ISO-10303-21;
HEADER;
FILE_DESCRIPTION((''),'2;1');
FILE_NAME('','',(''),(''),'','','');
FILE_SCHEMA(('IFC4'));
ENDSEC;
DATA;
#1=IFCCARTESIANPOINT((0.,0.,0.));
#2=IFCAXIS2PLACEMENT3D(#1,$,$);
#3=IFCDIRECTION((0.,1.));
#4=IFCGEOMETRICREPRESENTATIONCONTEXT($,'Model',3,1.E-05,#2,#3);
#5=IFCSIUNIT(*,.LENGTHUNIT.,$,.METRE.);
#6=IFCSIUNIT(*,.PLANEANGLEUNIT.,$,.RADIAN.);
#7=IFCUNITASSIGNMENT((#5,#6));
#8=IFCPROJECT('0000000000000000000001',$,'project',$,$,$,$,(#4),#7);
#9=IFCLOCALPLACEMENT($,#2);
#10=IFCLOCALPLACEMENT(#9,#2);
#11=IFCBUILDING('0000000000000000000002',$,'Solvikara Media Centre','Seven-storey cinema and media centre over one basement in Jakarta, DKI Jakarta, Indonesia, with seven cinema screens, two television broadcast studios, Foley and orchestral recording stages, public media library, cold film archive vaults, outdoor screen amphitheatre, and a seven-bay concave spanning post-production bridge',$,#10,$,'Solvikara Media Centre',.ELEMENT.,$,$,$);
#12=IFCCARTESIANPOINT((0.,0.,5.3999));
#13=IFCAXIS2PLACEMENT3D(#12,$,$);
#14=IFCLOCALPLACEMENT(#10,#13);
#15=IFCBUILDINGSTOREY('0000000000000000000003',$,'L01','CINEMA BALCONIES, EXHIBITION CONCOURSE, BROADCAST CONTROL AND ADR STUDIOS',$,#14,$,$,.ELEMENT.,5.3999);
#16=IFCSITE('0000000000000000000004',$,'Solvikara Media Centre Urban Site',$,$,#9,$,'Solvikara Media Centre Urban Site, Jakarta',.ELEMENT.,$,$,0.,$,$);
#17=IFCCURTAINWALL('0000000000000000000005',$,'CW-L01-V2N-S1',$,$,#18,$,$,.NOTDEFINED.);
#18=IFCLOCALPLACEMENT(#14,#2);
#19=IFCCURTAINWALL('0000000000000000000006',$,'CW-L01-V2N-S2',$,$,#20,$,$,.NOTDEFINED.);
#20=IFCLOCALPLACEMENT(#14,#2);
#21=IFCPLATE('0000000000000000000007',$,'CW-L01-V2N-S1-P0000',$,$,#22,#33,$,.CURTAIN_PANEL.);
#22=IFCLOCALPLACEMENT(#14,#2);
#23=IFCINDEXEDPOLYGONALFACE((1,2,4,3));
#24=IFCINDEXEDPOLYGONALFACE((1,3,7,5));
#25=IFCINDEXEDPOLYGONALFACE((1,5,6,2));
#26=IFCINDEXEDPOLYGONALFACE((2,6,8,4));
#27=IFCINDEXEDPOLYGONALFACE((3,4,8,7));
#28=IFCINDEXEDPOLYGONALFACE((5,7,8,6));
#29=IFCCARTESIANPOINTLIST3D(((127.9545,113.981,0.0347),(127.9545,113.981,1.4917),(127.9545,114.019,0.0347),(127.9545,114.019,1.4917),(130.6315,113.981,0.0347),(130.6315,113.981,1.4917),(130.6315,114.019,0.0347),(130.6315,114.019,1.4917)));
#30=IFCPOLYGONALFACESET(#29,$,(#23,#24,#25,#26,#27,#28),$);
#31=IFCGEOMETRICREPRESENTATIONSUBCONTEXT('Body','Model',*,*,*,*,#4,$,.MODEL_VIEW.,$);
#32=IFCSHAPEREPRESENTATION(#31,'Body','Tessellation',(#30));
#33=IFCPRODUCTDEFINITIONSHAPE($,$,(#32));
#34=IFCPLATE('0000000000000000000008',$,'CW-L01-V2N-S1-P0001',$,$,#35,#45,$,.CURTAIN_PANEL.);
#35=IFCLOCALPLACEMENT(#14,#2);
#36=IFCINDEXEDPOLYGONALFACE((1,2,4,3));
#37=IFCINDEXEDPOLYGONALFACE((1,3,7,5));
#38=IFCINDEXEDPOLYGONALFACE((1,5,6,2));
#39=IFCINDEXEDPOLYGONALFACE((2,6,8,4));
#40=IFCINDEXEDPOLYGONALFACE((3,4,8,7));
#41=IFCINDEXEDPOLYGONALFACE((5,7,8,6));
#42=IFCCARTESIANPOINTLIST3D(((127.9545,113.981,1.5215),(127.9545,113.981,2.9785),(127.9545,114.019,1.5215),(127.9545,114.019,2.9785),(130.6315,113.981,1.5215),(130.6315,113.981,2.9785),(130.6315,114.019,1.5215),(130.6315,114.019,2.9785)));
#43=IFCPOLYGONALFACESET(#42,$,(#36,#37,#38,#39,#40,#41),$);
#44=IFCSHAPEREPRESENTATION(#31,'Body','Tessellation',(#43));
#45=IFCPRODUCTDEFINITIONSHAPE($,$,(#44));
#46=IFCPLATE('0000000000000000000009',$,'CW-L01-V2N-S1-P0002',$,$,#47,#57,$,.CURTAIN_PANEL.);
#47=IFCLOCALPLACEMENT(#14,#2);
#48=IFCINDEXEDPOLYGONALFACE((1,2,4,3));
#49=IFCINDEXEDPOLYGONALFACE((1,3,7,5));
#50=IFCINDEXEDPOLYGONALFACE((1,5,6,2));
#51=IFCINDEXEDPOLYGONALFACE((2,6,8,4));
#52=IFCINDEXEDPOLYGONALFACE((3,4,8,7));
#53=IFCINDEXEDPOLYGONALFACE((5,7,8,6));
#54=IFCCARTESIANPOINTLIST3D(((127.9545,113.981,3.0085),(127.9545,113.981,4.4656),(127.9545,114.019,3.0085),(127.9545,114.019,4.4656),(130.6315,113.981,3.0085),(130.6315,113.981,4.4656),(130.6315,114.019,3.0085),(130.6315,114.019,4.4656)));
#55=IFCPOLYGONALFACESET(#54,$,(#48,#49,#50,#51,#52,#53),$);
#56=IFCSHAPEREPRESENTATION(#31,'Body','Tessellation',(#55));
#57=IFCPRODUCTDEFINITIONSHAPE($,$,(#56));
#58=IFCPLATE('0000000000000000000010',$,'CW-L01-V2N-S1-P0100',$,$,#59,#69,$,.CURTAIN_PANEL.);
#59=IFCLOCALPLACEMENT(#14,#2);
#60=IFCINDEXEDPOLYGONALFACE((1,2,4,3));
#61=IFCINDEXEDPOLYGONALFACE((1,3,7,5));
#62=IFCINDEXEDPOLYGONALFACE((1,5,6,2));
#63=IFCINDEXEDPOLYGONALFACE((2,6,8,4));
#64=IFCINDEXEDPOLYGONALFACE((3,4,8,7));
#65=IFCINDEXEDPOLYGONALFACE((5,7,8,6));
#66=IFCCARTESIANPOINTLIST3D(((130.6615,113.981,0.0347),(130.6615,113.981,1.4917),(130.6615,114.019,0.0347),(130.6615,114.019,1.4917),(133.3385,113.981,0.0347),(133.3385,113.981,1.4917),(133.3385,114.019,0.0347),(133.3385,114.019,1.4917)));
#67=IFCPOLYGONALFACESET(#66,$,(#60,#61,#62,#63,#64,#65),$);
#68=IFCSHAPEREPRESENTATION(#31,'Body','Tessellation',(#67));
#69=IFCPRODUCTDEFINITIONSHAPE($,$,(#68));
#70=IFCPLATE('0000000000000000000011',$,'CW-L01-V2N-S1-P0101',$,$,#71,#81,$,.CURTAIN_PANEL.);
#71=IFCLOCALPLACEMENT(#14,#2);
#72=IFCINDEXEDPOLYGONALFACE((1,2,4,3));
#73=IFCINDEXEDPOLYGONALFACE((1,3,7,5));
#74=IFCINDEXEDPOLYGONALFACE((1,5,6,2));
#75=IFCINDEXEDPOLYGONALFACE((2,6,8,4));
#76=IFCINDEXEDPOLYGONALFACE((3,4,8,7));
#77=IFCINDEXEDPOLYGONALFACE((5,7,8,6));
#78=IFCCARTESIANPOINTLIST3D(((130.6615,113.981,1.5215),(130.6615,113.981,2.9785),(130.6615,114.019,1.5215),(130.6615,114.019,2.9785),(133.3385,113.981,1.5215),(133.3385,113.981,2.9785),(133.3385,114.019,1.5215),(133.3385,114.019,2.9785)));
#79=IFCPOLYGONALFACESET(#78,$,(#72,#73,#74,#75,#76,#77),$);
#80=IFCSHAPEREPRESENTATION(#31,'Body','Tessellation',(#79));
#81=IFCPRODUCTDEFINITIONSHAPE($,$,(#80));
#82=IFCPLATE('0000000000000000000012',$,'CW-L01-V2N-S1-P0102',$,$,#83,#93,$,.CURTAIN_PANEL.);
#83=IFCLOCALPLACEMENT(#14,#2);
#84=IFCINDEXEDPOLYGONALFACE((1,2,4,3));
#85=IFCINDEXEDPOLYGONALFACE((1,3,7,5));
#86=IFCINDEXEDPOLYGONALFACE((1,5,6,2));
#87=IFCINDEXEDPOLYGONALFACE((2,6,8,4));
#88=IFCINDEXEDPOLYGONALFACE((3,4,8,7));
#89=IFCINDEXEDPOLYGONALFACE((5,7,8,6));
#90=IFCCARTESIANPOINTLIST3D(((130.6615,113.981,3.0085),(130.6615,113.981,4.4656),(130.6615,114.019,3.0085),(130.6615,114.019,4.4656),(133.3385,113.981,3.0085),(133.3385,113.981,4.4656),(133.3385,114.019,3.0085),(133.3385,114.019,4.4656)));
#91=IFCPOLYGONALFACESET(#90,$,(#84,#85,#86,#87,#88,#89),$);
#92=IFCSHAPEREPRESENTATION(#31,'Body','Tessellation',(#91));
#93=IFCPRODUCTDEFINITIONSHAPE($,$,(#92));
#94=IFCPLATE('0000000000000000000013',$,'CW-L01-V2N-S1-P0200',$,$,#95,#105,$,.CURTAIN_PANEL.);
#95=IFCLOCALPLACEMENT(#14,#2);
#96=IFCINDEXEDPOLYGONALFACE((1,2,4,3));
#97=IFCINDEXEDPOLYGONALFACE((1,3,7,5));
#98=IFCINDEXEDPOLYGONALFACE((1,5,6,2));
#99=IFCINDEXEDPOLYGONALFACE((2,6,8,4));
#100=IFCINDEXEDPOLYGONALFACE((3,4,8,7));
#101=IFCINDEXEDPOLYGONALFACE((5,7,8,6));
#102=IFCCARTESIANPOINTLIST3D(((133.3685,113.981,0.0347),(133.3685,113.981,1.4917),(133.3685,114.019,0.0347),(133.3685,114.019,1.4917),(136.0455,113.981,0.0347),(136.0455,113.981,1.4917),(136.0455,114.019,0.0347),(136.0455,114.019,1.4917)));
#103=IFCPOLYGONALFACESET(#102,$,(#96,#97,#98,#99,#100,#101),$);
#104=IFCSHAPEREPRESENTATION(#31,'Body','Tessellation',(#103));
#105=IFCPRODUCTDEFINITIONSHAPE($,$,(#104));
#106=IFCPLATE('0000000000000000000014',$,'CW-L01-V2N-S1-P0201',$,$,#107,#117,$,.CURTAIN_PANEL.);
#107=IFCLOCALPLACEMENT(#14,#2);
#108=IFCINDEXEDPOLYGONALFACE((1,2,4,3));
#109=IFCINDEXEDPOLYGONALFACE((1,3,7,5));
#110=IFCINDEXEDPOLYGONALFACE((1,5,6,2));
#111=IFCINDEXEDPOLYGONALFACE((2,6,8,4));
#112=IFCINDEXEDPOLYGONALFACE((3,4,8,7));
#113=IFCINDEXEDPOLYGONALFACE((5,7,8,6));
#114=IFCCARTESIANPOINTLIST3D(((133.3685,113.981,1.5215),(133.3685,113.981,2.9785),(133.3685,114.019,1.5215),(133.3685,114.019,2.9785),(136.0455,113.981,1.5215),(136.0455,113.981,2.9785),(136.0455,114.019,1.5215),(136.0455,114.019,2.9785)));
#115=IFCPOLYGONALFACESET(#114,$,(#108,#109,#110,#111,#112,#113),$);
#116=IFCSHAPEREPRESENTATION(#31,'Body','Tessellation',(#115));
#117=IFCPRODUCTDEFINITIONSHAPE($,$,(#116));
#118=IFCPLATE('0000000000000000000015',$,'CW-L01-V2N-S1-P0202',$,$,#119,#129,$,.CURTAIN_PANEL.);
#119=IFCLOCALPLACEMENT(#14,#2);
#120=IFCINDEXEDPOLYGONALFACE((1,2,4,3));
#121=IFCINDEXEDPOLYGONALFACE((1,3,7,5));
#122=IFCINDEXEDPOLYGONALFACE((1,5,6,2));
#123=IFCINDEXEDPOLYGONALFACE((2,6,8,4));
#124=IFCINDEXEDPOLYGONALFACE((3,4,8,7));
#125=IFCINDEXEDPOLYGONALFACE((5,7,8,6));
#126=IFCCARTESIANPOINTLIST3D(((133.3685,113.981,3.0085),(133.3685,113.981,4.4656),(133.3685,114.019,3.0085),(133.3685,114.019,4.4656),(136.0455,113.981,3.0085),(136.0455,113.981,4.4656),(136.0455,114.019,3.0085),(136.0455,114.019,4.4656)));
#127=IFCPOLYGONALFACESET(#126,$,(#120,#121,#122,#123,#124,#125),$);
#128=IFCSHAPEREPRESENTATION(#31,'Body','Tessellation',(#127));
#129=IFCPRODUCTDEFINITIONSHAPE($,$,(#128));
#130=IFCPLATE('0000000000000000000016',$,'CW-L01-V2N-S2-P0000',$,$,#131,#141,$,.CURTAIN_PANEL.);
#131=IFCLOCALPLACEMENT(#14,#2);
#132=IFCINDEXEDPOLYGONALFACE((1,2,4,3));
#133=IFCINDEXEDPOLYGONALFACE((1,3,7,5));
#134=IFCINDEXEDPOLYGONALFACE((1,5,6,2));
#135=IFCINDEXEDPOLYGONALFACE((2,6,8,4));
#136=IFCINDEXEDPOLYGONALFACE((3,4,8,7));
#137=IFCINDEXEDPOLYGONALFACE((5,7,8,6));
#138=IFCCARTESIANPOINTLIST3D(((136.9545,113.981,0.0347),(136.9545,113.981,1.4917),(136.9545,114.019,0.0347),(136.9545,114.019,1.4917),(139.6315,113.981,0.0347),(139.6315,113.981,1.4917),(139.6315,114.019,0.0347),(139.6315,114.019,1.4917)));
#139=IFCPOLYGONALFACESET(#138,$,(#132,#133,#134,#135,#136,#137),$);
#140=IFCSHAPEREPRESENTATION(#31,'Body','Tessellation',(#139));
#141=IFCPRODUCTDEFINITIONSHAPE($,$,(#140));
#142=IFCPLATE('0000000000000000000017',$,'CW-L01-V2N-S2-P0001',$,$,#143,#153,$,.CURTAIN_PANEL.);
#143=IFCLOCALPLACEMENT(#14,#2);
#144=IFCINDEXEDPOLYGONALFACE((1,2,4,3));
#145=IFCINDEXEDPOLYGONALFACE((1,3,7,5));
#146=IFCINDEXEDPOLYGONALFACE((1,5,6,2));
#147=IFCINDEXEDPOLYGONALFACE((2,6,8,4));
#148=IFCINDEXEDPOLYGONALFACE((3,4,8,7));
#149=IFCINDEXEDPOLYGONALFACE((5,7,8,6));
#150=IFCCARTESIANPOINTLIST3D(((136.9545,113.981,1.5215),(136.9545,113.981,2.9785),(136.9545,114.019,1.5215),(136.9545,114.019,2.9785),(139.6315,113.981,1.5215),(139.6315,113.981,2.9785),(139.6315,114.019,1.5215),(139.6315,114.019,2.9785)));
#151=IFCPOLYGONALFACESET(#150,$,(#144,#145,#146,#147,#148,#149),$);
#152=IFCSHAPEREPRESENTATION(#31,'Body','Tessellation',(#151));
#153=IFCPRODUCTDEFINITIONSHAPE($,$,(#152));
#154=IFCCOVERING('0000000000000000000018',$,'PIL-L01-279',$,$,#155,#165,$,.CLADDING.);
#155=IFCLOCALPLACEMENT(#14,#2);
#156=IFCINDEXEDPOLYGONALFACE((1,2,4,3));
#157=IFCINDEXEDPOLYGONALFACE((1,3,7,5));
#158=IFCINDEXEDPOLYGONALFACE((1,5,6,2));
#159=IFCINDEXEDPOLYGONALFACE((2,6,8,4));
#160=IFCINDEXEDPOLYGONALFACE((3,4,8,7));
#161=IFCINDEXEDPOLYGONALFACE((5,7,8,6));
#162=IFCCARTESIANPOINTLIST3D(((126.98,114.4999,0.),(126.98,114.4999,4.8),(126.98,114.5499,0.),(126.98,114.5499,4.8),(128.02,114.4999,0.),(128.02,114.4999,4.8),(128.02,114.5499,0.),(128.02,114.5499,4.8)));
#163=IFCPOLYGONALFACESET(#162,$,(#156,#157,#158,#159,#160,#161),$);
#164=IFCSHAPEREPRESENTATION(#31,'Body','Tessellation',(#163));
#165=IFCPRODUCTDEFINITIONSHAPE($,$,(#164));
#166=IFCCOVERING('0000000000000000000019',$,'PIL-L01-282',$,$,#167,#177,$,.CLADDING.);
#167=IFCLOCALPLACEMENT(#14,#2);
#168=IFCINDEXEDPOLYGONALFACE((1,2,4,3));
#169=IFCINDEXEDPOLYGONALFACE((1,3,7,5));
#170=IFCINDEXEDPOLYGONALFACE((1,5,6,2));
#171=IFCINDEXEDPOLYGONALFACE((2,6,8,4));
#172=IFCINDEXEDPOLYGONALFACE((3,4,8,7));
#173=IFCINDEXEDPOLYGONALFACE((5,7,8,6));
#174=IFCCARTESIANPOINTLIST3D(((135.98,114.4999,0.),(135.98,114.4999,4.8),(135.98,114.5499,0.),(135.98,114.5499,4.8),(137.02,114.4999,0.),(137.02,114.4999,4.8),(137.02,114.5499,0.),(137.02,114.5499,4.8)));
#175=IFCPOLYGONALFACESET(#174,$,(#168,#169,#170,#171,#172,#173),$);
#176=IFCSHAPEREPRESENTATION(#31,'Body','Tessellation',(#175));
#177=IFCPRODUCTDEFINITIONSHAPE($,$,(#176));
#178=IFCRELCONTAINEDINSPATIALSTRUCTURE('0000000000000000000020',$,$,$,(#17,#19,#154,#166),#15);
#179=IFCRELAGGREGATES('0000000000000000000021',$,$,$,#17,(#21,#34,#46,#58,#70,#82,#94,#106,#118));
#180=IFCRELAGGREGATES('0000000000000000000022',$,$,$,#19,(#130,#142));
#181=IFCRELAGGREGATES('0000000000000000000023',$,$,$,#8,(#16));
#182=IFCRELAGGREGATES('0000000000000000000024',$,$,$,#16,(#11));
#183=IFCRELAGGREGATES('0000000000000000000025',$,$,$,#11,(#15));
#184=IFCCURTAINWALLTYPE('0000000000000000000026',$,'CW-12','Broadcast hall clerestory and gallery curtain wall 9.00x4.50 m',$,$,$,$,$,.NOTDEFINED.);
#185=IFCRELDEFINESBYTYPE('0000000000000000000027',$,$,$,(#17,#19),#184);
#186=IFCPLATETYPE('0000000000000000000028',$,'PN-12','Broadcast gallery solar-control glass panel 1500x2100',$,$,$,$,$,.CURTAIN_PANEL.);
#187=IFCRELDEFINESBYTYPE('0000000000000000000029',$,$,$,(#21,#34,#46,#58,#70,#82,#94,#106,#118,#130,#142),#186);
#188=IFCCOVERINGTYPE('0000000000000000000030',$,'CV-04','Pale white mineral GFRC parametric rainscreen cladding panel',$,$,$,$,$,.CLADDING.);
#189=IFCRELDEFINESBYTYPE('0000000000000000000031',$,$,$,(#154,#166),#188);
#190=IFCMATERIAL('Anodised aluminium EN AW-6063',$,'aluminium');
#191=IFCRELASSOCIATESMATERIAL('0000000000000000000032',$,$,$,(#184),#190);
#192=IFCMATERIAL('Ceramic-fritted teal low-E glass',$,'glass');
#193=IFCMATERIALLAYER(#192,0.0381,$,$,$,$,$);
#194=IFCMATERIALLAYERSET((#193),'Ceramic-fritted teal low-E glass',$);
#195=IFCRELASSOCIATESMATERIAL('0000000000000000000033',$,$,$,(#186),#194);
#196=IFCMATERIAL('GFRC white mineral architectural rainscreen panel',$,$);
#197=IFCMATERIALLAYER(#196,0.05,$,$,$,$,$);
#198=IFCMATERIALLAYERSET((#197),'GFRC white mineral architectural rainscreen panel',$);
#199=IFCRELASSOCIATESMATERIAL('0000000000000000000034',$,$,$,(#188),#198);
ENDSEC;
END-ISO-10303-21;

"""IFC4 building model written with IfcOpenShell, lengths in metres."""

from ifc_helpers import new_model, si_unit, direction, frame, origin, origin_2d, place, context, subcontext, project, spatial, rectangle, extrude, material, layer, layer_set, type_object, element, aggregate, save


model = new_model("IFC4")

# Units and contexts
model_context = context("Model", 3, precision=1e-05, world=origin(), true_north=direction((0.0, 1.0)))
body_context = subcontext(model_context, "Body", "Model", "MODEL_VIEW")
ifc_project = project(units=[si_unit("LENGTHUNIT", "METRE"), si_unit("PLANEANGLEUNIT", "RADIAN")], contexts=[model_context])

# Site, building, storey
site_placement = place(None, origin())
site = spatial("IfcSite", under=ifc_project, at=site_placement, Name="Solvikara Media Centre Urban Site", LongName="Solvikara Media Centre Urban Site, Jakarta", CompositionType="ELEMENT", RefElevation=0.0)
building_placement = place(site_placement, origin())
building = spatial("IfcBuilding", under=site, at=building_placement, Name="Solvikara Media Centre", Description="Seven-storey cinema and media centre over one basement in Jakarta, DKI Jakarta, Indonesia, with seven cinema screens, two television broadcast studios, Foley and orchestral recording stages, public media library, cold film archive vaults, outdoor screen amphitheatre, and a seven-bay concave spanning post-production bridge", LongName="Solvikara Media Centre", CompositionType="ELEMENT")
storey_placement = place(building_placement, frame((0.0, 0.0, 5.3999)))
storey = spatial("IfcBuildingStorey", under=building, at=storey_placement, Name="L01", Description="CINEMA BALCONIES, EXHIBITION CONCOURSE, BROADCAST CONTROL AND ADR STUDIOS", CompositionType="ELEMENT", Elevation=5.3999)

# Curtain wall
ifc_material_1 = material(Name="Anodised aluminium EN AW-6063", Category="aluminium")
curtain_wall_type = type_object("IfcCurtainWallType", Name="CW-12", Description="Broadcast hall clerestory and gallery curtain wall 9.00x4.50 m", PredefinedType="NOTDEFINED", material=ifc_material_1)
curtain_wall_1_placement = place(storey_placement, origin())
curtain_wall_1 = element("IfcCurtainWall", 1, at=curtain_wall_1_placement, inside=storey, type_object=curtain_wall_type, Name="CW-L01-V2N-S1", PredefinedType="NOTDEFINED")

# Curtain wall
curtain_wall_2_placement = place(storey_placement, origin())
curtain_wall_2 = element("IfcCurtainWall", 2, at=curtain_wall_2_placement, inside=storey, type_object=curtain_wall_type, Name="CW-L01-V2N-S2", PredefinedType="NOTDEFINED")

# Plates
ifc_material_2 = material(Name="Ceramic-fritted teal low-E glass", Category="glass")
ifc_layer_1 = layer(ifc_material_2, 0.0381)
ifc_layer_set_1 = layer_set([ifc_layer_1], Name="Ceramic-fritted teal low-E glass")
plate_type = type_object("IfcPlateType", Name="PN-12", Description="Broadcast gallery solar-control glass panel 1500x2100", PredefinedType="CURTAIN_PANEL", material=ifc_layer_set_1)
plate_1_placement = place(storey_placement, frame((129.293, 114.0, 0.0347), z_axis=(0.0, 0.0, 1.0), x_axis=(1.0, 0.0, 0.0)))
plate_1 = element("IfcPlate", 3, at=plate_1_placement, type_object=plate_type, Name="CW-L01-V2N-S1-P0000", PredefinedType="CURTAIN_PANEL", context=body_context, shape_type="SweptSolid", body=[
    extrude(rectangle(XDim=2.677, YDim=0.0381, at=origin_2d()), origin(), (0.0, 0.0, 1.0), 1.457),
])
plate_2_placement = place(storey_placement, frame((129.293, 114.0, 1.5215), z_axis=(0.0, 0.0, 1.0), x_axis=(1.0, 0.0, 0.0)))
plate_2 = element("IfcPlate", 4, at=plate_2_placement, type_object=plate_type, Name="CW-L01-V2N-S1-P0001", PredefinedType="CURTAIN_PANEL", context=body_context, shape_type="SweptSolid", body=[
    extrude(rectangle(XDim=2.677, YDim=0.0381, at=origin_2d()), origin(), (0.0, 0.0, 1.0), 1.457),
])
plate_3_placement = place(storey_placement, frame((129.293, 114.0, 3.0085), z_axis=(0.0, 0.0, 1.0), x_axis=(1.0, 0.0, 0.0)))
plate_3 = element("IfcPlate", 5, at=plate_3_placement, type_object=plate_type, Name="CW-L01-V2N-S1-P0002", PredefinedType="CURTAIN_PANEL", context=body_context, shape_type="SweptSolid", body=[
    extrude(rectangle(XDim=2.677, YDim=0.0381, at=origin_2d()), origin(), (0.0, 0.0, 1.0), 1.457),
])
plate_4_placement = place(storey_placement, frame((132.0, 114.0, 0.0347), z_axis=(0.0, 0.0, 1.0), x_axis=(1.0, 0.0, 0.0)))
plate_4 = element("IfcPlate", 6, at=plate_4_placement, type_object=plate_type, Name="CW-L01-V2N-S1-P0100", PredefinedType="CURTAIN_PANEL", context=body_context, shape_type="SweptSolid", body=[
    extrude(rectangle(XDim=2.677, YDim=0.0381, at=origin_2d()), origin(), (0.0, 0.0, 1.0), 1.457),
])
plate_5_placement = place(storey_placement, frame((132.0, 114.0, 1.5215), z_axis=(0.0, 0.0, 1.0), x_axis=(1.0, 0.0, 0.0)))
plate_5 = element("IfcPlate", 7, at=plate_5_placement, type_object=plate_type, Name="CW-L01-V2N-S1-P0101", PredefinedType="CURTAIN_PANEL", context=body_context, shape_type="SweptSolid", body=[
    extrude(rectangle(XDim=2.677, YDim=0.0381, at=origin_2d()), origin(), (0.0, 0.0, 1.0), 1.457),
])
plate_6_placement = place(storey_placement, frame((132.0, 114.0, 3.0085), z_axis=(0.0, 0.0, 1.0), x_axis=(1.0, 0.0, 0.0)))
plate_6 = element("IfcPlate", 8, at=plate_6_placement, type_object=plate_type, Name="CW-L01-V2N-S1-P0102", PredefinedType="CURTAIN_PANEL", context=body_context, shape_type="SweptSolid", body=[
    extrude(rectangle(XDim=2.677, YDim=0.0381, at=origin_2d()), origin(), (0.0, 0.0, 1.0), 1.457),
])
plate_7_placement = place(storey_placement, frame((134.707, 114.0, 0.0347), z_axis=(0.0, 0.0, 1.0), x_axis=(1.0, 0.0, 0.0)))
plate_7 = element("IfcPlate", 9, at=plate_7_placement, type_object=plate_type, Name="CW-L01-V2N-S1-P0200", PredefinedType="CURTAIN_PANEL", context=body_context, shape_type="SweptSolid", body=[
    extrude(rectangle(XDim=2.677, YDim=0.0381, at=origin_2d()), origin(), (0.0, 0.0, 1.0), 1.457),
])
plate_8_placement = place(storey_placement, frame((134.707, 114.0, 1.5215), z_axis=(0.0, 0.0, 1.0), x_axis=(1.0, 0.0, 0.0)))
plate_8 = element("IfcPlate", 10, at=plate_8_placement, type_object=plate_type, Name="CW-L01-V2N-S1-P0201", PredefinedType="CURTAIN_PANEL", context=body_context, shape_type="SweptSolid", body=[
    extrude(rectangle(XDim=2.677, YDim=0.0381, at=origin_2d()), origin(), (0.0, 0.0, 1.0), 1.457),
])
plate_9_placement = place(storey_placement, frame((134.707, 114.0, 3.0085), z_axis=(0.0, 0.0, 1.0), x_axis=(1.0, 0.0, 0.0)))
plate_9 = element("IfcPlate", 11, at=plate_9_placement, type_object=plate_type, Name="CW-L01-V2N-S1-P0202", PredefinedType="CURTAIN_PANEL", context=body_context, shape_type="SweptSolid", body=[
    extrude(rectangle(XDim=2.677, YDim=0.0381, at=origin_2d()), origin(), (0.0, 0.0, 1.0), 1.457),
])
aggregate(curtain_wall_1, [plate_1, plate_2, plate_3, plate_4, plate_5, plate_6, plate_7, plate_8, plate_9])
plate_10_placement = place(storey_placement, frame((138.293, 114.0, 0.0347), z_axis=(0.0, 0.0, 1.0), x_axis=(1.0, 0.0, 0.0)))
plate_10 = element("IfcPlate", 12, at=plate_10_placement, type_object=plate_type, Name="CW-L01-V2N-S2-P0000", PredefinedType="CURTAIN_PANEL", context=body_context, shape_type="SweptSolid", body=[
    extrude(rectangle(XDim=2.677, YDim=0.0381, at=origin_2d()), origin(), (0.0, 0.0, 1.0), 1.457),
])
plate_11_placement = place(storey_placement, frame((138.293, 114.0, 1.5215), z_axis=(0.0, 0.0, 1.0), x_axis=(1.0, 0.0, 0.0)))
plate_11 = element("IfcPlate", 13, at=plate_11_placement, type_object=plate_type, Name="CW-L01-V2N-S2-P0001", PredefinedType="CURTAIN_PANEL", context=body_context, shape_type="SweptSolid", body=[
    extrude(rectangle(XDim=2.677, YDim=0.0381, at=origin_2d()), origin(), (0.0, 0.0, 1.0), 1.457),
])
aggregate(curtain_wall_2, [plate_10, plate_11])

# Coverings
ifc_material_3 = material(Name="GFRC white mineral architectural rainscreen panel")
ifc_layer_2 = layer(ifc_material_3, 0.05)
ifc_layer_set_2 = layer_set([ifc_layer_2], Name="GFRC white mineral architectural rainscreen panel")
covering_type = type_object("IfcCoveringType", Name="CV-04", Description="Pale white mineral GFRC parametric rainscreen cladding panel", PredefinedType="CLADDING", material=ifc_layer_set_2)
for number, where, z_axis, x_axis, name in (
    (14, (127.5, 114.5249, 0.0), (0.0, 0.0, 1.0), (-1.0, 0.0, 0.0), "PIL-L01-279"),
    (15, (136.5, 114.5249, 0.0), (0.0, 0.0, 1.0), (-1.0, 0.0, 0.0), "PIL-L01-282"),
):
    element("IfcCovering", number, at=place(storey_placement, frame(where, z_axis=z_axis, x_axis=x_axis)), inside=storey, type_object=covering_type, Name=name, PredefinedType="CLADDING", context=body_context, shape_type="SweptSolid", body=[
        extrude(rectangle(XDim=1.04, YDim=0.05, at=origin_2d()), origin(), (0.0, 0.0, 1.0), 4.8),
    ])

save(model, "model.ifc")
